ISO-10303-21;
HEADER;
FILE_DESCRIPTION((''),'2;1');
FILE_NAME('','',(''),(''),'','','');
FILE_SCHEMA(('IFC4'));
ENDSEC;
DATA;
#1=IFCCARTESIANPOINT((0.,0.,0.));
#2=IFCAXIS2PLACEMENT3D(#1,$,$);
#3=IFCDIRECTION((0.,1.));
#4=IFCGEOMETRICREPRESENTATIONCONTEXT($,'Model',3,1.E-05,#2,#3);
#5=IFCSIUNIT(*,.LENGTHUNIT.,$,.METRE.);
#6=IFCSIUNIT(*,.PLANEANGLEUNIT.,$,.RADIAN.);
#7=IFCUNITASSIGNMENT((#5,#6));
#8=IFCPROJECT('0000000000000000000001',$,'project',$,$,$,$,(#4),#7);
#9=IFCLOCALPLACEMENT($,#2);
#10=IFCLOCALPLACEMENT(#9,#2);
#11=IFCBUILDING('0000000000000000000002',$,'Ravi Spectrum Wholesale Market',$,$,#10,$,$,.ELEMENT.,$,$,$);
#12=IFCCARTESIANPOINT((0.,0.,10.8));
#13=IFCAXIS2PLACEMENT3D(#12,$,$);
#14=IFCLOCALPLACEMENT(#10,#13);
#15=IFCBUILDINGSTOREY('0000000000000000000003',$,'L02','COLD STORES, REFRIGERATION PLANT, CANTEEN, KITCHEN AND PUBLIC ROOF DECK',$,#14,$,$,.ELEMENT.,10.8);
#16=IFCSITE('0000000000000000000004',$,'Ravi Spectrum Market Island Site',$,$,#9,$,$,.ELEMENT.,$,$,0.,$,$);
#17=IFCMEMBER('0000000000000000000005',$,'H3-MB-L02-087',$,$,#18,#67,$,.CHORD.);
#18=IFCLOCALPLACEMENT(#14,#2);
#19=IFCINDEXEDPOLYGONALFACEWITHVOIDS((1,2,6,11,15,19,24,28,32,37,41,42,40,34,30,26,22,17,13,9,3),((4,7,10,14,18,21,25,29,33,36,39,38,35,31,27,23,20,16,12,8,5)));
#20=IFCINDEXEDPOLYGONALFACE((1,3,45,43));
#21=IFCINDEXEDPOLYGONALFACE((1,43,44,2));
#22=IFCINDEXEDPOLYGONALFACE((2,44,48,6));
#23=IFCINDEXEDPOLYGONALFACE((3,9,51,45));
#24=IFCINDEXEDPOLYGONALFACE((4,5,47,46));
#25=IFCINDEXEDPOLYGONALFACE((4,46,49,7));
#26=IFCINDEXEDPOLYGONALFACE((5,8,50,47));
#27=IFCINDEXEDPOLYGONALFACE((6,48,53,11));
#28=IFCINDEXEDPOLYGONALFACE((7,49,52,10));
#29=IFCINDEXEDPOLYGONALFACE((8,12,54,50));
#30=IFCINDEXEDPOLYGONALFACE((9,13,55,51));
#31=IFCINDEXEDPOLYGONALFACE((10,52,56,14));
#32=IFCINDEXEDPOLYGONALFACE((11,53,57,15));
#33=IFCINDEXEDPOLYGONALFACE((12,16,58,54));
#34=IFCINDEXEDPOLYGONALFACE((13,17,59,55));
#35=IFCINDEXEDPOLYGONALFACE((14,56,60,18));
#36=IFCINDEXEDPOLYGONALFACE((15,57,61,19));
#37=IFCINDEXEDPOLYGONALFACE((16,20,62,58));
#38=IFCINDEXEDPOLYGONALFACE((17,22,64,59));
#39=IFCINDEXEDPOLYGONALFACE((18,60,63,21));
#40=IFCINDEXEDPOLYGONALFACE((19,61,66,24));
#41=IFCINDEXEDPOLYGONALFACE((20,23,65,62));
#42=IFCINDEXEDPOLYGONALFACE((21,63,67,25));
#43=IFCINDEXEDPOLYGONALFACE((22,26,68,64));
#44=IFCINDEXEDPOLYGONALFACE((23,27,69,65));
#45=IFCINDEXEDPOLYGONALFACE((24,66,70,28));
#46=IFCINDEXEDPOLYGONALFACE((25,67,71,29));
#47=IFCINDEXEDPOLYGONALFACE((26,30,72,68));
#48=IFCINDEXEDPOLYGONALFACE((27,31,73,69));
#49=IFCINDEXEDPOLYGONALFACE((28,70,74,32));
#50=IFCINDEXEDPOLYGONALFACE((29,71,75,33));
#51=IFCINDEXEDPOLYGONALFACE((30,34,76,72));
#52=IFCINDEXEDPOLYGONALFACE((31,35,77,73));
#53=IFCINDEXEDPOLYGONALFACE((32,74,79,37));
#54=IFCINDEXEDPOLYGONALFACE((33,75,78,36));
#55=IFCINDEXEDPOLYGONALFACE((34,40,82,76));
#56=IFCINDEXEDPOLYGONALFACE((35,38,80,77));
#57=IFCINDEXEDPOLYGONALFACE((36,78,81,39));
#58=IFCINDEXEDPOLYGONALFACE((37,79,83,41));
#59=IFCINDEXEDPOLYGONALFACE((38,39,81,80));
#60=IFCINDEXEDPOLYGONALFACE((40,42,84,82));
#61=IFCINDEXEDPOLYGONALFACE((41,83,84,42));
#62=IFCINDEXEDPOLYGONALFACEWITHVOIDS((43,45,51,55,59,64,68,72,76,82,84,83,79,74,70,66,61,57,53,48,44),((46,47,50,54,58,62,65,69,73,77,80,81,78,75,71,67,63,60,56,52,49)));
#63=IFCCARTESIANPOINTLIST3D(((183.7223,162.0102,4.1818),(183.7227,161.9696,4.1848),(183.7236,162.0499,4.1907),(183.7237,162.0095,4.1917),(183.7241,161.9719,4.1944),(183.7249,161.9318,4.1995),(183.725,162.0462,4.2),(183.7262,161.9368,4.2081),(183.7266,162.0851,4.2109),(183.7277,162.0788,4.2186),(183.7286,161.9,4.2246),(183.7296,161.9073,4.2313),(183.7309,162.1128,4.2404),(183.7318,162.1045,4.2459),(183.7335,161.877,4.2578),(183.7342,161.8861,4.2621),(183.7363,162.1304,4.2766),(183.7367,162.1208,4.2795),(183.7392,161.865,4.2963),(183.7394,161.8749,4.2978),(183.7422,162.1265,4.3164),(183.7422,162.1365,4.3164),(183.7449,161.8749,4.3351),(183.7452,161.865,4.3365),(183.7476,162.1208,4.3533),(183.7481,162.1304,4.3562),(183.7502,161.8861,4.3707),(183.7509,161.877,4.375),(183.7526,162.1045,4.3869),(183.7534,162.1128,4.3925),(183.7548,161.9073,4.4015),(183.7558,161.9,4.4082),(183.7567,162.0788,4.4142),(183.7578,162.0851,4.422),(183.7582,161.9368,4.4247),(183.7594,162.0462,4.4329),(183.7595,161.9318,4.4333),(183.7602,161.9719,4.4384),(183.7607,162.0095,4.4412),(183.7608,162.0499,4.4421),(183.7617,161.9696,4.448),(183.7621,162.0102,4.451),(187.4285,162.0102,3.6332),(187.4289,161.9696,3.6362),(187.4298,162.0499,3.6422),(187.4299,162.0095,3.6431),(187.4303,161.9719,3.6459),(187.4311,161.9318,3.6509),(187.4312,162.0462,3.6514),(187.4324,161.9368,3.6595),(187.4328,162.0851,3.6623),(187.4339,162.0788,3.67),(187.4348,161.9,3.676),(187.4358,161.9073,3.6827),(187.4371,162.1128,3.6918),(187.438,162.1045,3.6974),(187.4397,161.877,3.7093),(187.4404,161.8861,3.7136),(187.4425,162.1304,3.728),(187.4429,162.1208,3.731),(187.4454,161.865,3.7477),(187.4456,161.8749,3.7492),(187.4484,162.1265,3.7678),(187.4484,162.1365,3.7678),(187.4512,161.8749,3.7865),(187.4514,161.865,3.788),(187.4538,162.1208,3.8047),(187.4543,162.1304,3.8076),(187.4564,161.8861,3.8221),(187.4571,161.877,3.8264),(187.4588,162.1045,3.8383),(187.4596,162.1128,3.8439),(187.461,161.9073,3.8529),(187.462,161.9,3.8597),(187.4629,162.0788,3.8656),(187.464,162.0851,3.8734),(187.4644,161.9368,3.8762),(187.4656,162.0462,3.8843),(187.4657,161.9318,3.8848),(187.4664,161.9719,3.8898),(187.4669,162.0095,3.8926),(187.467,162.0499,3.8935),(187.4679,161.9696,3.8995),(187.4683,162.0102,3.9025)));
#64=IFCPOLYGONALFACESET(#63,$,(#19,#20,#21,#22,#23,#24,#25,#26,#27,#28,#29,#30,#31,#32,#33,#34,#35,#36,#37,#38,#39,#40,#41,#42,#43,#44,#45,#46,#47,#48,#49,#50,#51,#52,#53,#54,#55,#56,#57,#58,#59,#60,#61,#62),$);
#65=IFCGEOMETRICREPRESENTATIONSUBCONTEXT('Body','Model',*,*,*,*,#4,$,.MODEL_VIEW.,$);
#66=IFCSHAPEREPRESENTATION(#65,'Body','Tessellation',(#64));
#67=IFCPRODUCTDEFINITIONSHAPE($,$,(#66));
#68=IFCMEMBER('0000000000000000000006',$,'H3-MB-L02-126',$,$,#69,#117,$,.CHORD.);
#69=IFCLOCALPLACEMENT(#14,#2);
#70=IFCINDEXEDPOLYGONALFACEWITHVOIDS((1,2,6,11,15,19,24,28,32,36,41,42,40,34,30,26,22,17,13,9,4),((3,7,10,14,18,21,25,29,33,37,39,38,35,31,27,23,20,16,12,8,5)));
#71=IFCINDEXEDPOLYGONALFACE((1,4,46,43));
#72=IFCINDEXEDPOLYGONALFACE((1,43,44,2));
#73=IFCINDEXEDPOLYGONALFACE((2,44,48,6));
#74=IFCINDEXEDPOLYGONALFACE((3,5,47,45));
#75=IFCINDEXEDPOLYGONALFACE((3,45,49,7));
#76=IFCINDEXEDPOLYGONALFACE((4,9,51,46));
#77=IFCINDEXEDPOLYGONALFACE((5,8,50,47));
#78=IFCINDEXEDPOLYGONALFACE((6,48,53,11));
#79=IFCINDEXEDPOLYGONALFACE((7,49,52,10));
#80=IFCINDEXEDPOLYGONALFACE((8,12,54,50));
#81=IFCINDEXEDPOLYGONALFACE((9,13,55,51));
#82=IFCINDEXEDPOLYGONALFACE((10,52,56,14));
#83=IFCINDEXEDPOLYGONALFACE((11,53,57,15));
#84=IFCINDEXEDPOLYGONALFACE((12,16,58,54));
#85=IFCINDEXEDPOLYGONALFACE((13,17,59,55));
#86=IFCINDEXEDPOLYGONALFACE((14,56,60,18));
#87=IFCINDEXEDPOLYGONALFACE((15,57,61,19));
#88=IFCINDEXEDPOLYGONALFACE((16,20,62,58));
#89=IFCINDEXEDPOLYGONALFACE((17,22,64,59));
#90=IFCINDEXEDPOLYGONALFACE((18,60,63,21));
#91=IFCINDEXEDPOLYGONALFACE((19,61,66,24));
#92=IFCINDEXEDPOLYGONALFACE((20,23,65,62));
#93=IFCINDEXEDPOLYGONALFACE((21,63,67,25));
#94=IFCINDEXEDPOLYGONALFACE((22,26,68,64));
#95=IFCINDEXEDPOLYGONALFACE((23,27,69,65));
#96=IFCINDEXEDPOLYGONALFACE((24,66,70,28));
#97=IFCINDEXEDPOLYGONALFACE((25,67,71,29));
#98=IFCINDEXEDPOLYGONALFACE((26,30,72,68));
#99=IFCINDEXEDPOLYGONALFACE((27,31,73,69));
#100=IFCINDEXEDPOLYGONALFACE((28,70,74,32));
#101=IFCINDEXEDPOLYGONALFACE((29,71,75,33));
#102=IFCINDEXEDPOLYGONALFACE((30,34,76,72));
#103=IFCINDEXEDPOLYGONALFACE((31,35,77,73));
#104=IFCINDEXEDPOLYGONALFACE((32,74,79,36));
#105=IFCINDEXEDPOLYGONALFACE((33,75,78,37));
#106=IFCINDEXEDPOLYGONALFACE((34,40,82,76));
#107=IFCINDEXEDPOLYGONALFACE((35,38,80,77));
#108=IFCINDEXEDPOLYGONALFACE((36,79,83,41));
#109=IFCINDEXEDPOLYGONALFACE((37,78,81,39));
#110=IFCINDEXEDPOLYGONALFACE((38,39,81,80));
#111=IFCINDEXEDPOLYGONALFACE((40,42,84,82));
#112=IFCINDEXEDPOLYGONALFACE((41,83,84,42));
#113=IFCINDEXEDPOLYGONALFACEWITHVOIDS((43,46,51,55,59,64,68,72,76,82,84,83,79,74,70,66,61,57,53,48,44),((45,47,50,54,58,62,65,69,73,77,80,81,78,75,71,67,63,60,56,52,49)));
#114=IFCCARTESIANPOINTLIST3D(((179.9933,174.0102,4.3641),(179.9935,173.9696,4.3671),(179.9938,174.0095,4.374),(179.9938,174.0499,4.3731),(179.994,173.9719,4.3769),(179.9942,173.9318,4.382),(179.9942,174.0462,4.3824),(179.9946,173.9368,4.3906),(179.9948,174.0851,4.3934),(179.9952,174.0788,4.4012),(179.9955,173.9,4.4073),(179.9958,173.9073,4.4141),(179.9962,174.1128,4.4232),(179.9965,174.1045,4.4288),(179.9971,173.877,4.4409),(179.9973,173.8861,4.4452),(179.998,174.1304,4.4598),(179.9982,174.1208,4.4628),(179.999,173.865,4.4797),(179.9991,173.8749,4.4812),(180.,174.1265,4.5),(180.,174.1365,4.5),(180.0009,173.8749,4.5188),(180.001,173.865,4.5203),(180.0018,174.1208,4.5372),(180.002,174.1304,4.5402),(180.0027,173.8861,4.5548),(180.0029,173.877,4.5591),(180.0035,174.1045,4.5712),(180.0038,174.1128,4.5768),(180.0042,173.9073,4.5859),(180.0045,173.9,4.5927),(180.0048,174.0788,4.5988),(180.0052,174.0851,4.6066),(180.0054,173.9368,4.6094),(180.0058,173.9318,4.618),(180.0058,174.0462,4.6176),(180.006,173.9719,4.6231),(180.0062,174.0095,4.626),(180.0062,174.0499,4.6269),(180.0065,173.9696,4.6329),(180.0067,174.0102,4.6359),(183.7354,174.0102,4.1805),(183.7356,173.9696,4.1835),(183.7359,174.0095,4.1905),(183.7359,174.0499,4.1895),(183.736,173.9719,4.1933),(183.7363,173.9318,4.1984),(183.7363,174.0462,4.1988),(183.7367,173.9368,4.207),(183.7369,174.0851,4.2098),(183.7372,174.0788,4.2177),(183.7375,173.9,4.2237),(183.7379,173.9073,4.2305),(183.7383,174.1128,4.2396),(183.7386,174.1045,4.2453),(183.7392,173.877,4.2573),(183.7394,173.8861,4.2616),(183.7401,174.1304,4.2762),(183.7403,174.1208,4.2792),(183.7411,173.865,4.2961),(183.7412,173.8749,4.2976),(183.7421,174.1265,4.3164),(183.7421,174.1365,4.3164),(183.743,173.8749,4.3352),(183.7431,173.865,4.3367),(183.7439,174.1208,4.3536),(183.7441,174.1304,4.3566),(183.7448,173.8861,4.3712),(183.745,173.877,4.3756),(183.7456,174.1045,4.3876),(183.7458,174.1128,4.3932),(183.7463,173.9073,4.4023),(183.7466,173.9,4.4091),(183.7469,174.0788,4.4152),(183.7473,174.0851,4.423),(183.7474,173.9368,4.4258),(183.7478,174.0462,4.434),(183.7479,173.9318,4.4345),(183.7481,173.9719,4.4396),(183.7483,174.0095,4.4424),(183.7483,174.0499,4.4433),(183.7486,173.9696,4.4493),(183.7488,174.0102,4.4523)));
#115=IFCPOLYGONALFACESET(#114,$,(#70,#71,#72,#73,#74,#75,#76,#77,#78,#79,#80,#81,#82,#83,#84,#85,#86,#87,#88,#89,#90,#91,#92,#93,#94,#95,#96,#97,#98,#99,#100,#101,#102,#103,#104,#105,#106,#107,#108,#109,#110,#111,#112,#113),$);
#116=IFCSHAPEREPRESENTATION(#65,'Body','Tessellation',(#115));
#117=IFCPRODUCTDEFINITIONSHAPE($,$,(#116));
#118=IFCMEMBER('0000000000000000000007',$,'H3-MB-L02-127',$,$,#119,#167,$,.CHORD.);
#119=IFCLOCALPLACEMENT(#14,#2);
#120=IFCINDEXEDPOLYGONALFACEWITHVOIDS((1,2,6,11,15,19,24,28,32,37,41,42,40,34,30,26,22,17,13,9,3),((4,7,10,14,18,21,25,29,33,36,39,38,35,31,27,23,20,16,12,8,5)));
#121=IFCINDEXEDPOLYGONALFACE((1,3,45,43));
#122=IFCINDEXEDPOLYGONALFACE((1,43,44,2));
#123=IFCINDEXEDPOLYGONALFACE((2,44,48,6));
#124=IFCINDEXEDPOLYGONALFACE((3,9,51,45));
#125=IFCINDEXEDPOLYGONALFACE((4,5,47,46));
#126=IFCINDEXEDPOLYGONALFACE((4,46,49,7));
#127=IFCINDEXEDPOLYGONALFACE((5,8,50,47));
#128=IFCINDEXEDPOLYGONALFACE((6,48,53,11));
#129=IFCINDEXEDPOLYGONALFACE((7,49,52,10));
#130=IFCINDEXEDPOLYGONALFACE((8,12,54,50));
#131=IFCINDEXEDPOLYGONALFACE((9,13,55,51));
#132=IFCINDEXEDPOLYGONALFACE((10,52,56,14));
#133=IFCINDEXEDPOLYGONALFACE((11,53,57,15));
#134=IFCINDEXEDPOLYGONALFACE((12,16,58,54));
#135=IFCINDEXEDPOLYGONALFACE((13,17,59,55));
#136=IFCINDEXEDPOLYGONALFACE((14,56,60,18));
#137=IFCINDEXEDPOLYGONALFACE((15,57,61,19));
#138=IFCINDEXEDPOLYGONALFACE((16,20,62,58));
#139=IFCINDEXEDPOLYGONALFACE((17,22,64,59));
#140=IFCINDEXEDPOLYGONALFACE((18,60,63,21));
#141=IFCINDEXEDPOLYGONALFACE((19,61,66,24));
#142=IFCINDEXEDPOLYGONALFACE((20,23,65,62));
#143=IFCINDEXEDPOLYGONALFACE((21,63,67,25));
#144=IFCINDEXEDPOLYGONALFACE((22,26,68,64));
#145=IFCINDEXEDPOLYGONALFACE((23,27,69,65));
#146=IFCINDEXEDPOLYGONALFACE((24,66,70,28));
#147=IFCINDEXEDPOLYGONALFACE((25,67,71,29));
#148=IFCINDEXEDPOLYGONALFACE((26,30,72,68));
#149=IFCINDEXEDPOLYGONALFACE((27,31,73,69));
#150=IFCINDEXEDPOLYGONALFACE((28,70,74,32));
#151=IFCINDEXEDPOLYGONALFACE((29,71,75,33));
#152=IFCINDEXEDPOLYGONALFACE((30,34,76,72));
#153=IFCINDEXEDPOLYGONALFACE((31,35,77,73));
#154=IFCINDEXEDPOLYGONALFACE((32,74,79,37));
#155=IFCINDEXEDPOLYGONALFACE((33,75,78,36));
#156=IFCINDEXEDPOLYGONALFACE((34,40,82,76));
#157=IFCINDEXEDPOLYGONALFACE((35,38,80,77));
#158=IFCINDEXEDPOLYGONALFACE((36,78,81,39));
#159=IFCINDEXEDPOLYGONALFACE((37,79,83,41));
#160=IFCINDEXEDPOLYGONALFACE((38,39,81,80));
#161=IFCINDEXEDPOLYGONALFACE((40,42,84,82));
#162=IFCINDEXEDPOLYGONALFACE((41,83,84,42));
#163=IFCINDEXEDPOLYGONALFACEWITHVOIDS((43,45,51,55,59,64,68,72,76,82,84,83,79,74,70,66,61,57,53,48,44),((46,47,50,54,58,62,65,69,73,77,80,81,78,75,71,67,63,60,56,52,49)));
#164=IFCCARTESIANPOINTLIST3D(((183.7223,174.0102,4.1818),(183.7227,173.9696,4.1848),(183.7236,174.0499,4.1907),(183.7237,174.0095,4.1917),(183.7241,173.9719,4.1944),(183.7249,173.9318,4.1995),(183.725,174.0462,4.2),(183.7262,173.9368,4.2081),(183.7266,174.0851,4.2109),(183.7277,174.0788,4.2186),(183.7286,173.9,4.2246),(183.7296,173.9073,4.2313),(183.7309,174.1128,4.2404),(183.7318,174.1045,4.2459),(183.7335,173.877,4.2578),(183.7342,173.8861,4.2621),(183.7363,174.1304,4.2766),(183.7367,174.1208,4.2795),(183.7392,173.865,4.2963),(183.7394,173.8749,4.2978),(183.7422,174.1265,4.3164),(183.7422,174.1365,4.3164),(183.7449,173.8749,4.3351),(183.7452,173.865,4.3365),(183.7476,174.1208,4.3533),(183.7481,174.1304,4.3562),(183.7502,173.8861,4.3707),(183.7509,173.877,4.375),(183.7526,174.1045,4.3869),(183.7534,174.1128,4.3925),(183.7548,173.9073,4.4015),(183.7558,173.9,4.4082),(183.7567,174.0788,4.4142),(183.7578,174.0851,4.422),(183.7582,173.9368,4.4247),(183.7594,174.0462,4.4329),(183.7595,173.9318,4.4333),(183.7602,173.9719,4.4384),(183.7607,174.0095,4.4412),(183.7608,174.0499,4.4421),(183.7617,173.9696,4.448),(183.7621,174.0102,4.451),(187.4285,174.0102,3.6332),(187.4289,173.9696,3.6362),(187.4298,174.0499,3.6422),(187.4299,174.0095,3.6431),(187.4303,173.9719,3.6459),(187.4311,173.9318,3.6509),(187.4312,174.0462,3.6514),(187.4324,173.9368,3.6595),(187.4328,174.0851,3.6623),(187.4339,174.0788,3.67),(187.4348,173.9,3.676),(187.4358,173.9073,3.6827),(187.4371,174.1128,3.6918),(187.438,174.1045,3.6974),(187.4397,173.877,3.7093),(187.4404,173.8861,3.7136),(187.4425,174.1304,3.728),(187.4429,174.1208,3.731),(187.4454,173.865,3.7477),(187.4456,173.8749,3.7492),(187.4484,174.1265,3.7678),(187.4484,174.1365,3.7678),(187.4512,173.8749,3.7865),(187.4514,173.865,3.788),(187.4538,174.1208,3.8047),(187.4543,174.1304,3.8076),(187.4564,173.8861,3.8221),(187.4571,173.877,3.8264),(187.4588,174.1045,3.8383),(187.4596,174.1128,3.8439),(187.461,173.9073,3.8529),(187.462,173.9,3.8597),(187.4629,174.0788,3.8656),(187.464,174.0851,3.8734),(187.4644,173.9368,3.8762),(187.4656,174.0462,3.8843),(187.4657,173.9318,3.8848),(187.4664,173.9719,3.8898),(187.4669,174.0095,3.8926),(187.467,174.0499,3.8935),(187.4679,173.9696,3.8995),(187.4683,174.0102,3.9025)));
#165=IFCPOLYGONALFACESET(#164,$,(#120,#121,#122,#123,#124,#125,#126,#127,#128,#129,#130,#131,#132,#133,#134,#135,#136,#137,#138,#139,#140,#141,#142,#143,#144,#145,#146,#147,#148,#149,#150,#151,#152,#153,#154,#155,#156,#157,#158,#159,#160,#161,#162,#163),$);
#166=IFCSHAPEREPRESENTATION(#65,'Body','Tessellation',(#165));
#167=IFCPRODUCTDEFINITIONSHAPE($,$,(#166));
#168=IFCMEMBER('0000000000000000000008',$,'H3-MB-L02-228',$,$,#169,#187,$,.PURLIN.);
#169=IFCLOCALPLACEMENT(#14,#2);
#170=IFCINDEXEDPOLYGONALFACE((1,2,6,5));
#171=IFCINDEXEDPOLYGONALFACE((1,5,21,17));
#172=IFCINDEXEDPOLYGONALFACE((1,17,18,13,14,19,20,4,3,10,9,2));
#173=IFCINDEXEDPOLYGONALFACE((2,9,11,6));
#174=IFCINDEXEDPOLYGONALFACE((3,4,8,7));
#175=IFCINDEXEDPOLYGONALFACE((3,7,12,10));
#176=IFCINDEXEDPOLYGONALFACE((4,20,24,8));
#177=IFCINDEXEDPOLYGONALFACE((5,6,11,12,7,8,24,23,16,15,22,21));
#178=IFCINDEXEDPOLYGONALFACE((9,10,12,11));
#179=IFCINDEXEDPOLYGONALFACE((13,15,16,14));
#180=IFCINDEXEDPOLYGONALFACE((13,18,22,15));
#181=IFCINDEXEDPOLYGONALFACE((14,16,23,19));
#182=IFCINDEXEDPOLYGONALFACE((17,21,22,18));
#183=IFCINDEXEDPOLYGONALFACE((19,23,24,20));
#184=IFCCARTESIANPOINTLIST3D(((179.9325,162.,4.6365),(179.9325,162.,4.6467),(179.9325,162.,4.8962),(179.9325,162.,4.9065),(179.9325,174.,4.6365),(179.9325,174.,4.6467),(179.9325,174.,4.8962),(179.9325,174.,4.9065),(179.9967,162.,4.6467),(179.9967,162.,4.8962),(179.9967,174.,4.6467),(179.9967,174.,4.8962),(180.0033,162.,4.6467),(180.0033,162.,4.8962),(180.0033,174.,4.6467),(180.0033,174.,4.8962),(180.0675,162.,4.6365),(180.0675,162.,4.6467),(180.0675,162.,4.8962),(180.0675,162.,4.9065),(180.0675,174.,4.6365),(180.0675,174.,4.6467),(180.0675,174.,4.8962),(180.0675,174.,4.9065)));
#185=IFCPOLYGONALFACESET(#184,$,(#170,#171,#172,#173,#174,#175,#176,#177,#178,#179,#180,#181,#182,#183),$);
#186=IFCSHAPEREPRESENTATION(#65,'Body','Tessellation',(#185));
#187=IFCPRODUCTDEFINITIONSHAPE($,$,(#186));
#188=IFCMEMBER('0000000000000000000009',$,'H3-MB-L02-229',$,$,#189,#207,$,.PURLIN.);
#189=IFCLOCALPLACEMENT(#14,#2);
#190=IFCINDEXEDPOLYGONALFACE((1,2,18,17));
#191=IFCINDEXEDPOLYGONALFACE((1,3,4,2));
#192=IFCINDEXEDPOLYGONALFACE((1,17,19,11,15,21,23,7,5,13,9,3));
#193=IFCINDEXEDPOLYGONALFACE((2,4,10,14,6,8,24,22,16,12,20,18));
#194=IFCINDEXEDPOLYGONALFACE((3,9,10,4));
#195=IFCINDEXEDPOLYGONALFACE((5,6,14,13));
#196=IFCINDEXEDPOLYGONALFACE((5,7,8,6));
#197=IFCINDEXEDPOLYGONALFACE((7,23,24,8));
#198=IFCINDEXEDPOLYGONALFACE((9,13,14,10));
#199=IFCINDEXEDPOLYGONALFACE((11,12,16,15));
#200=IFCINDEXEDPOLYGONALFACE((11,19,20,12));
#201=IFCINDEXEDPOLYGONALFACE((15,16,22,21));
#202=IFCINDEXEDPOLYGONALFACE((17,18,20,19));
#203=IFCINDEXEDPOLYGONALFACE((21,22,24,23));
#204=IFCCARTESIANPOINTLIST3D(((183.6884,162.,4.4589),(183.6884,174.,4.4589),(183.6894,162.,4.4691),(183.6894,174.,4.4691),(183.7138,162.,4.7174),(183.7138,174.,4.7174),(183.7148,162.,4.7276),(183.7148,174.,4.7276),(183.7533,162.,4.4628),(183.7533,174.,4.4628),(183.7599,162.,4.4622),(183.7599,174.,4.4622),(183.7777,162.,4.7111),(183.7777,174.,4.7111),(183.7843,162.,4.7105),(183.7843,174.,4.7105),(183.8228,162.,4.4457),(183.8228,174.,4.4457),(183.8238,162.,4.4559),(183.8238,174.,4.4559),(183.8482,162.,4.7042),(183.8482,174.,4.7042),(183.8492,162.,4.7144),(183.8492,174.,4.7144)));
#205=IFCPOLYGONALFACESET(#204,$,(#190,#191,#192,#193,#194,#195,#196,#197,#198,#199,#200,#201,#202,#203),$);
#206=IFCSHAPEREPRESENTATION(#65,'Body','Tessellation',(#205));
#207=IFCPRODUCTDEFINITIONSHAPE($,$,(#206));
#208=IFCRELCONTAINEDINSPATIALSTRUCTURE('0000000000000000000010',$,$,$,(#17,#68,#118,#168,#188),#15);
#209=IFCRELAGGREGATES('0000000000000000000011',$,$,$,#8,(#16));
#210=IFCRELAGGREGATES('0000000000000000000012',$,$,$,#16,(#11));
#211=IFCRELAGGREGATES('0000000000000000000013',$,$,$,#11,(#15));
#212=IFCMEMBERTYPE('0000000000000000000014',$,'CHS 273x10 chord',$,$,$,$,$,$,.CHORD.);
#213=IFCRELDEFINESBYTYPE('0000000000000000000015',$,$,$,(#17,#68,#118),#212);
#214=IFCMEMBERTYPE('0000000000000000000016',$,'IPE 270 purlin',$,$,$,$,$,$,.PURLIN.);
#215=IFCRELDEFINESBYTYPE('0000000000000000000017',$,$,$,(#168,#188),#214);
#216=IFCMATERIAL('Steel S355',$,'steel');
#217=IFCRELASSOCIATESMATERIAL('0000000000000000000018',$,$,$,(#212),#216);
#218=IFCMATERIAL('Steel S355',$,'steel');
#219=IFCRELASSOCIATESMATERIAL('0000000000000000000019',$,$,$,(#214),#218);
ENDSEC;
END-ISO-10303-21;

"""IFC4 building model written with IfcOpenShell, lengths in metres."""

from ifc_helpers import new_model, si_unit, direction, frame, origin, origin_2d, place, context, subcontext, project, spatial, hollow_circle, i_section, extrude, material, material_profile, profile_set, type_object, element, save


model = new_model("IFC4")

# Units and contexts
model_context = context("Model", 3, precision=1e-05, world=origin(), true_north=direction((0.0, 1.0)))
body_context = subcontext(model_context, "Body", "Model", "MODEL_VIEW")
ifc_project = project(units=[si_unit("LENGTHUNIT", "METRE"), si_unit("PLANEANGLEUNIT", "RADIAN")], contexts=[model_context])

# Site, building, storey
site_placement = place(None, origin())
site = spatial("IfcSite", under=ifc_project, at=site_placement, Name="Ravi Spectrum Market Island Site", CompositionType="ELEMENT", RefElevation=0.0)
building_placement = place(site_placement, origin())
building = spatial("IfcBuilding", under=site, at=building_placement, Name="Ravi Spectrum Wholesale Market", CompositionType="ELEMENT")
storey_placement = place(building_placement, frame((0.0, 0.0, 10.8)))
storey = spatial("IfcBuildingStorey", under=building, at=storey_placement, Name="L02", Description="COLD STORES, REFRIGERATION PLANT, CANTEEN, KITCHEN AND PUBLIC ROOF DECK", CompositionType="ELEMENT", Elevation=10.8)

# Members
ifc_material_1 = material(Name="Steel S355", Category="steel")
ifc_material_profile_1 = material_profile(ifc_material_1, hollow_circle(Radius=0.1365, WallThickness=0.01, at=origin_2d()))
ifc_profile_set_1 = profile_set([ifc_material_profile_1], Name="Steel S355")
member_type_1 = type_object("IfcMemberType", Name="CHS 273x10 chord", PredefinedType="CHORD", material=ifc_profile_set_1)
for number, where, z_axis, x_axis, name in (
    (1, (183.7422, 162.0, 4.3164), (0.989223, 0.0, -0.146419), (0.0, 1.0, 0.0), "H3-MB-L02-087"),
    (2, (180.0, 174.0, 4.5), (0.998799, 0.0, -0.049002), (0.0, 1.0, 0.0), "H3-MB-L02-126"),
    (3, (183.7422, 174.0, 4.3164), (0.989223, 0.0, -0.146419), (0.0, 1.0, 0.0), "H3-MB-L02-127"),
):
    element("IfcMember", number, at=place(storey_placement, frame(where, z_axis=z_axis, x_axis=x_axis)), inside=storey, type_object=member_type_1, Name=name, PredefinedType="CHORD", context=body_context, shape_type="SweptSolid", body=[
        extrude(hollow_circle(Radius=0.1365, WallThickness=0.01, at=origin_2d()), origin(), (0.0, 0.0, 1.0), 3.7466),
    ])
ifc_material_2 = material(Name="Steel S355", Category="steel")
ifc_material_profile_2 = material_profile(ifc_material_2, i_section(OverallWidth=0.135, OverallDepth=0.27, WebThickness=0.0066, FlangeThickness=0.0103, at=origin_2d()))
ifc_profile_set_2 = profile_set([ifc_material_profile_2], Name="Steel S355")
member_type_2 = type_object("IfcMemberType", Name="IPE 270 purlin", PredefinedType="PURLIN", material=ifc_profile_set_2)
for number, where, z_axis, x_axis, name in (
    (4, (180.0, 162.0, 4.7715), (0.0, 1.0, 0.0), (-1.0, 0.0, 0.0), "H3-MB-L02-228"),
    (5, (183.7688, 162.0, 4.5867), (0.0, 1.0, 0.0), (-0.995203, 0.0, 0.097835), "H3-MB-L02-229"),
):
    element("IfcMember", number, at=place(storey_placement, frame(where, z_axis=z_axis, x_axis=x_axis)), inside=storey, type_object=member_type_2, Name=name, PredefinedType="PURLIN", context=body_context, shape_type="SweptSolid", body=[
        extrude(i_section(OverallWidth=0.135, OverallDepth=0.27, WebThickness=0.0066, FlangeThickness=0.0103, at=origin_2d()), origin(), (0.0, 0.0, 1.0), 12.0),
    ])

save(model, "model.ifc")
